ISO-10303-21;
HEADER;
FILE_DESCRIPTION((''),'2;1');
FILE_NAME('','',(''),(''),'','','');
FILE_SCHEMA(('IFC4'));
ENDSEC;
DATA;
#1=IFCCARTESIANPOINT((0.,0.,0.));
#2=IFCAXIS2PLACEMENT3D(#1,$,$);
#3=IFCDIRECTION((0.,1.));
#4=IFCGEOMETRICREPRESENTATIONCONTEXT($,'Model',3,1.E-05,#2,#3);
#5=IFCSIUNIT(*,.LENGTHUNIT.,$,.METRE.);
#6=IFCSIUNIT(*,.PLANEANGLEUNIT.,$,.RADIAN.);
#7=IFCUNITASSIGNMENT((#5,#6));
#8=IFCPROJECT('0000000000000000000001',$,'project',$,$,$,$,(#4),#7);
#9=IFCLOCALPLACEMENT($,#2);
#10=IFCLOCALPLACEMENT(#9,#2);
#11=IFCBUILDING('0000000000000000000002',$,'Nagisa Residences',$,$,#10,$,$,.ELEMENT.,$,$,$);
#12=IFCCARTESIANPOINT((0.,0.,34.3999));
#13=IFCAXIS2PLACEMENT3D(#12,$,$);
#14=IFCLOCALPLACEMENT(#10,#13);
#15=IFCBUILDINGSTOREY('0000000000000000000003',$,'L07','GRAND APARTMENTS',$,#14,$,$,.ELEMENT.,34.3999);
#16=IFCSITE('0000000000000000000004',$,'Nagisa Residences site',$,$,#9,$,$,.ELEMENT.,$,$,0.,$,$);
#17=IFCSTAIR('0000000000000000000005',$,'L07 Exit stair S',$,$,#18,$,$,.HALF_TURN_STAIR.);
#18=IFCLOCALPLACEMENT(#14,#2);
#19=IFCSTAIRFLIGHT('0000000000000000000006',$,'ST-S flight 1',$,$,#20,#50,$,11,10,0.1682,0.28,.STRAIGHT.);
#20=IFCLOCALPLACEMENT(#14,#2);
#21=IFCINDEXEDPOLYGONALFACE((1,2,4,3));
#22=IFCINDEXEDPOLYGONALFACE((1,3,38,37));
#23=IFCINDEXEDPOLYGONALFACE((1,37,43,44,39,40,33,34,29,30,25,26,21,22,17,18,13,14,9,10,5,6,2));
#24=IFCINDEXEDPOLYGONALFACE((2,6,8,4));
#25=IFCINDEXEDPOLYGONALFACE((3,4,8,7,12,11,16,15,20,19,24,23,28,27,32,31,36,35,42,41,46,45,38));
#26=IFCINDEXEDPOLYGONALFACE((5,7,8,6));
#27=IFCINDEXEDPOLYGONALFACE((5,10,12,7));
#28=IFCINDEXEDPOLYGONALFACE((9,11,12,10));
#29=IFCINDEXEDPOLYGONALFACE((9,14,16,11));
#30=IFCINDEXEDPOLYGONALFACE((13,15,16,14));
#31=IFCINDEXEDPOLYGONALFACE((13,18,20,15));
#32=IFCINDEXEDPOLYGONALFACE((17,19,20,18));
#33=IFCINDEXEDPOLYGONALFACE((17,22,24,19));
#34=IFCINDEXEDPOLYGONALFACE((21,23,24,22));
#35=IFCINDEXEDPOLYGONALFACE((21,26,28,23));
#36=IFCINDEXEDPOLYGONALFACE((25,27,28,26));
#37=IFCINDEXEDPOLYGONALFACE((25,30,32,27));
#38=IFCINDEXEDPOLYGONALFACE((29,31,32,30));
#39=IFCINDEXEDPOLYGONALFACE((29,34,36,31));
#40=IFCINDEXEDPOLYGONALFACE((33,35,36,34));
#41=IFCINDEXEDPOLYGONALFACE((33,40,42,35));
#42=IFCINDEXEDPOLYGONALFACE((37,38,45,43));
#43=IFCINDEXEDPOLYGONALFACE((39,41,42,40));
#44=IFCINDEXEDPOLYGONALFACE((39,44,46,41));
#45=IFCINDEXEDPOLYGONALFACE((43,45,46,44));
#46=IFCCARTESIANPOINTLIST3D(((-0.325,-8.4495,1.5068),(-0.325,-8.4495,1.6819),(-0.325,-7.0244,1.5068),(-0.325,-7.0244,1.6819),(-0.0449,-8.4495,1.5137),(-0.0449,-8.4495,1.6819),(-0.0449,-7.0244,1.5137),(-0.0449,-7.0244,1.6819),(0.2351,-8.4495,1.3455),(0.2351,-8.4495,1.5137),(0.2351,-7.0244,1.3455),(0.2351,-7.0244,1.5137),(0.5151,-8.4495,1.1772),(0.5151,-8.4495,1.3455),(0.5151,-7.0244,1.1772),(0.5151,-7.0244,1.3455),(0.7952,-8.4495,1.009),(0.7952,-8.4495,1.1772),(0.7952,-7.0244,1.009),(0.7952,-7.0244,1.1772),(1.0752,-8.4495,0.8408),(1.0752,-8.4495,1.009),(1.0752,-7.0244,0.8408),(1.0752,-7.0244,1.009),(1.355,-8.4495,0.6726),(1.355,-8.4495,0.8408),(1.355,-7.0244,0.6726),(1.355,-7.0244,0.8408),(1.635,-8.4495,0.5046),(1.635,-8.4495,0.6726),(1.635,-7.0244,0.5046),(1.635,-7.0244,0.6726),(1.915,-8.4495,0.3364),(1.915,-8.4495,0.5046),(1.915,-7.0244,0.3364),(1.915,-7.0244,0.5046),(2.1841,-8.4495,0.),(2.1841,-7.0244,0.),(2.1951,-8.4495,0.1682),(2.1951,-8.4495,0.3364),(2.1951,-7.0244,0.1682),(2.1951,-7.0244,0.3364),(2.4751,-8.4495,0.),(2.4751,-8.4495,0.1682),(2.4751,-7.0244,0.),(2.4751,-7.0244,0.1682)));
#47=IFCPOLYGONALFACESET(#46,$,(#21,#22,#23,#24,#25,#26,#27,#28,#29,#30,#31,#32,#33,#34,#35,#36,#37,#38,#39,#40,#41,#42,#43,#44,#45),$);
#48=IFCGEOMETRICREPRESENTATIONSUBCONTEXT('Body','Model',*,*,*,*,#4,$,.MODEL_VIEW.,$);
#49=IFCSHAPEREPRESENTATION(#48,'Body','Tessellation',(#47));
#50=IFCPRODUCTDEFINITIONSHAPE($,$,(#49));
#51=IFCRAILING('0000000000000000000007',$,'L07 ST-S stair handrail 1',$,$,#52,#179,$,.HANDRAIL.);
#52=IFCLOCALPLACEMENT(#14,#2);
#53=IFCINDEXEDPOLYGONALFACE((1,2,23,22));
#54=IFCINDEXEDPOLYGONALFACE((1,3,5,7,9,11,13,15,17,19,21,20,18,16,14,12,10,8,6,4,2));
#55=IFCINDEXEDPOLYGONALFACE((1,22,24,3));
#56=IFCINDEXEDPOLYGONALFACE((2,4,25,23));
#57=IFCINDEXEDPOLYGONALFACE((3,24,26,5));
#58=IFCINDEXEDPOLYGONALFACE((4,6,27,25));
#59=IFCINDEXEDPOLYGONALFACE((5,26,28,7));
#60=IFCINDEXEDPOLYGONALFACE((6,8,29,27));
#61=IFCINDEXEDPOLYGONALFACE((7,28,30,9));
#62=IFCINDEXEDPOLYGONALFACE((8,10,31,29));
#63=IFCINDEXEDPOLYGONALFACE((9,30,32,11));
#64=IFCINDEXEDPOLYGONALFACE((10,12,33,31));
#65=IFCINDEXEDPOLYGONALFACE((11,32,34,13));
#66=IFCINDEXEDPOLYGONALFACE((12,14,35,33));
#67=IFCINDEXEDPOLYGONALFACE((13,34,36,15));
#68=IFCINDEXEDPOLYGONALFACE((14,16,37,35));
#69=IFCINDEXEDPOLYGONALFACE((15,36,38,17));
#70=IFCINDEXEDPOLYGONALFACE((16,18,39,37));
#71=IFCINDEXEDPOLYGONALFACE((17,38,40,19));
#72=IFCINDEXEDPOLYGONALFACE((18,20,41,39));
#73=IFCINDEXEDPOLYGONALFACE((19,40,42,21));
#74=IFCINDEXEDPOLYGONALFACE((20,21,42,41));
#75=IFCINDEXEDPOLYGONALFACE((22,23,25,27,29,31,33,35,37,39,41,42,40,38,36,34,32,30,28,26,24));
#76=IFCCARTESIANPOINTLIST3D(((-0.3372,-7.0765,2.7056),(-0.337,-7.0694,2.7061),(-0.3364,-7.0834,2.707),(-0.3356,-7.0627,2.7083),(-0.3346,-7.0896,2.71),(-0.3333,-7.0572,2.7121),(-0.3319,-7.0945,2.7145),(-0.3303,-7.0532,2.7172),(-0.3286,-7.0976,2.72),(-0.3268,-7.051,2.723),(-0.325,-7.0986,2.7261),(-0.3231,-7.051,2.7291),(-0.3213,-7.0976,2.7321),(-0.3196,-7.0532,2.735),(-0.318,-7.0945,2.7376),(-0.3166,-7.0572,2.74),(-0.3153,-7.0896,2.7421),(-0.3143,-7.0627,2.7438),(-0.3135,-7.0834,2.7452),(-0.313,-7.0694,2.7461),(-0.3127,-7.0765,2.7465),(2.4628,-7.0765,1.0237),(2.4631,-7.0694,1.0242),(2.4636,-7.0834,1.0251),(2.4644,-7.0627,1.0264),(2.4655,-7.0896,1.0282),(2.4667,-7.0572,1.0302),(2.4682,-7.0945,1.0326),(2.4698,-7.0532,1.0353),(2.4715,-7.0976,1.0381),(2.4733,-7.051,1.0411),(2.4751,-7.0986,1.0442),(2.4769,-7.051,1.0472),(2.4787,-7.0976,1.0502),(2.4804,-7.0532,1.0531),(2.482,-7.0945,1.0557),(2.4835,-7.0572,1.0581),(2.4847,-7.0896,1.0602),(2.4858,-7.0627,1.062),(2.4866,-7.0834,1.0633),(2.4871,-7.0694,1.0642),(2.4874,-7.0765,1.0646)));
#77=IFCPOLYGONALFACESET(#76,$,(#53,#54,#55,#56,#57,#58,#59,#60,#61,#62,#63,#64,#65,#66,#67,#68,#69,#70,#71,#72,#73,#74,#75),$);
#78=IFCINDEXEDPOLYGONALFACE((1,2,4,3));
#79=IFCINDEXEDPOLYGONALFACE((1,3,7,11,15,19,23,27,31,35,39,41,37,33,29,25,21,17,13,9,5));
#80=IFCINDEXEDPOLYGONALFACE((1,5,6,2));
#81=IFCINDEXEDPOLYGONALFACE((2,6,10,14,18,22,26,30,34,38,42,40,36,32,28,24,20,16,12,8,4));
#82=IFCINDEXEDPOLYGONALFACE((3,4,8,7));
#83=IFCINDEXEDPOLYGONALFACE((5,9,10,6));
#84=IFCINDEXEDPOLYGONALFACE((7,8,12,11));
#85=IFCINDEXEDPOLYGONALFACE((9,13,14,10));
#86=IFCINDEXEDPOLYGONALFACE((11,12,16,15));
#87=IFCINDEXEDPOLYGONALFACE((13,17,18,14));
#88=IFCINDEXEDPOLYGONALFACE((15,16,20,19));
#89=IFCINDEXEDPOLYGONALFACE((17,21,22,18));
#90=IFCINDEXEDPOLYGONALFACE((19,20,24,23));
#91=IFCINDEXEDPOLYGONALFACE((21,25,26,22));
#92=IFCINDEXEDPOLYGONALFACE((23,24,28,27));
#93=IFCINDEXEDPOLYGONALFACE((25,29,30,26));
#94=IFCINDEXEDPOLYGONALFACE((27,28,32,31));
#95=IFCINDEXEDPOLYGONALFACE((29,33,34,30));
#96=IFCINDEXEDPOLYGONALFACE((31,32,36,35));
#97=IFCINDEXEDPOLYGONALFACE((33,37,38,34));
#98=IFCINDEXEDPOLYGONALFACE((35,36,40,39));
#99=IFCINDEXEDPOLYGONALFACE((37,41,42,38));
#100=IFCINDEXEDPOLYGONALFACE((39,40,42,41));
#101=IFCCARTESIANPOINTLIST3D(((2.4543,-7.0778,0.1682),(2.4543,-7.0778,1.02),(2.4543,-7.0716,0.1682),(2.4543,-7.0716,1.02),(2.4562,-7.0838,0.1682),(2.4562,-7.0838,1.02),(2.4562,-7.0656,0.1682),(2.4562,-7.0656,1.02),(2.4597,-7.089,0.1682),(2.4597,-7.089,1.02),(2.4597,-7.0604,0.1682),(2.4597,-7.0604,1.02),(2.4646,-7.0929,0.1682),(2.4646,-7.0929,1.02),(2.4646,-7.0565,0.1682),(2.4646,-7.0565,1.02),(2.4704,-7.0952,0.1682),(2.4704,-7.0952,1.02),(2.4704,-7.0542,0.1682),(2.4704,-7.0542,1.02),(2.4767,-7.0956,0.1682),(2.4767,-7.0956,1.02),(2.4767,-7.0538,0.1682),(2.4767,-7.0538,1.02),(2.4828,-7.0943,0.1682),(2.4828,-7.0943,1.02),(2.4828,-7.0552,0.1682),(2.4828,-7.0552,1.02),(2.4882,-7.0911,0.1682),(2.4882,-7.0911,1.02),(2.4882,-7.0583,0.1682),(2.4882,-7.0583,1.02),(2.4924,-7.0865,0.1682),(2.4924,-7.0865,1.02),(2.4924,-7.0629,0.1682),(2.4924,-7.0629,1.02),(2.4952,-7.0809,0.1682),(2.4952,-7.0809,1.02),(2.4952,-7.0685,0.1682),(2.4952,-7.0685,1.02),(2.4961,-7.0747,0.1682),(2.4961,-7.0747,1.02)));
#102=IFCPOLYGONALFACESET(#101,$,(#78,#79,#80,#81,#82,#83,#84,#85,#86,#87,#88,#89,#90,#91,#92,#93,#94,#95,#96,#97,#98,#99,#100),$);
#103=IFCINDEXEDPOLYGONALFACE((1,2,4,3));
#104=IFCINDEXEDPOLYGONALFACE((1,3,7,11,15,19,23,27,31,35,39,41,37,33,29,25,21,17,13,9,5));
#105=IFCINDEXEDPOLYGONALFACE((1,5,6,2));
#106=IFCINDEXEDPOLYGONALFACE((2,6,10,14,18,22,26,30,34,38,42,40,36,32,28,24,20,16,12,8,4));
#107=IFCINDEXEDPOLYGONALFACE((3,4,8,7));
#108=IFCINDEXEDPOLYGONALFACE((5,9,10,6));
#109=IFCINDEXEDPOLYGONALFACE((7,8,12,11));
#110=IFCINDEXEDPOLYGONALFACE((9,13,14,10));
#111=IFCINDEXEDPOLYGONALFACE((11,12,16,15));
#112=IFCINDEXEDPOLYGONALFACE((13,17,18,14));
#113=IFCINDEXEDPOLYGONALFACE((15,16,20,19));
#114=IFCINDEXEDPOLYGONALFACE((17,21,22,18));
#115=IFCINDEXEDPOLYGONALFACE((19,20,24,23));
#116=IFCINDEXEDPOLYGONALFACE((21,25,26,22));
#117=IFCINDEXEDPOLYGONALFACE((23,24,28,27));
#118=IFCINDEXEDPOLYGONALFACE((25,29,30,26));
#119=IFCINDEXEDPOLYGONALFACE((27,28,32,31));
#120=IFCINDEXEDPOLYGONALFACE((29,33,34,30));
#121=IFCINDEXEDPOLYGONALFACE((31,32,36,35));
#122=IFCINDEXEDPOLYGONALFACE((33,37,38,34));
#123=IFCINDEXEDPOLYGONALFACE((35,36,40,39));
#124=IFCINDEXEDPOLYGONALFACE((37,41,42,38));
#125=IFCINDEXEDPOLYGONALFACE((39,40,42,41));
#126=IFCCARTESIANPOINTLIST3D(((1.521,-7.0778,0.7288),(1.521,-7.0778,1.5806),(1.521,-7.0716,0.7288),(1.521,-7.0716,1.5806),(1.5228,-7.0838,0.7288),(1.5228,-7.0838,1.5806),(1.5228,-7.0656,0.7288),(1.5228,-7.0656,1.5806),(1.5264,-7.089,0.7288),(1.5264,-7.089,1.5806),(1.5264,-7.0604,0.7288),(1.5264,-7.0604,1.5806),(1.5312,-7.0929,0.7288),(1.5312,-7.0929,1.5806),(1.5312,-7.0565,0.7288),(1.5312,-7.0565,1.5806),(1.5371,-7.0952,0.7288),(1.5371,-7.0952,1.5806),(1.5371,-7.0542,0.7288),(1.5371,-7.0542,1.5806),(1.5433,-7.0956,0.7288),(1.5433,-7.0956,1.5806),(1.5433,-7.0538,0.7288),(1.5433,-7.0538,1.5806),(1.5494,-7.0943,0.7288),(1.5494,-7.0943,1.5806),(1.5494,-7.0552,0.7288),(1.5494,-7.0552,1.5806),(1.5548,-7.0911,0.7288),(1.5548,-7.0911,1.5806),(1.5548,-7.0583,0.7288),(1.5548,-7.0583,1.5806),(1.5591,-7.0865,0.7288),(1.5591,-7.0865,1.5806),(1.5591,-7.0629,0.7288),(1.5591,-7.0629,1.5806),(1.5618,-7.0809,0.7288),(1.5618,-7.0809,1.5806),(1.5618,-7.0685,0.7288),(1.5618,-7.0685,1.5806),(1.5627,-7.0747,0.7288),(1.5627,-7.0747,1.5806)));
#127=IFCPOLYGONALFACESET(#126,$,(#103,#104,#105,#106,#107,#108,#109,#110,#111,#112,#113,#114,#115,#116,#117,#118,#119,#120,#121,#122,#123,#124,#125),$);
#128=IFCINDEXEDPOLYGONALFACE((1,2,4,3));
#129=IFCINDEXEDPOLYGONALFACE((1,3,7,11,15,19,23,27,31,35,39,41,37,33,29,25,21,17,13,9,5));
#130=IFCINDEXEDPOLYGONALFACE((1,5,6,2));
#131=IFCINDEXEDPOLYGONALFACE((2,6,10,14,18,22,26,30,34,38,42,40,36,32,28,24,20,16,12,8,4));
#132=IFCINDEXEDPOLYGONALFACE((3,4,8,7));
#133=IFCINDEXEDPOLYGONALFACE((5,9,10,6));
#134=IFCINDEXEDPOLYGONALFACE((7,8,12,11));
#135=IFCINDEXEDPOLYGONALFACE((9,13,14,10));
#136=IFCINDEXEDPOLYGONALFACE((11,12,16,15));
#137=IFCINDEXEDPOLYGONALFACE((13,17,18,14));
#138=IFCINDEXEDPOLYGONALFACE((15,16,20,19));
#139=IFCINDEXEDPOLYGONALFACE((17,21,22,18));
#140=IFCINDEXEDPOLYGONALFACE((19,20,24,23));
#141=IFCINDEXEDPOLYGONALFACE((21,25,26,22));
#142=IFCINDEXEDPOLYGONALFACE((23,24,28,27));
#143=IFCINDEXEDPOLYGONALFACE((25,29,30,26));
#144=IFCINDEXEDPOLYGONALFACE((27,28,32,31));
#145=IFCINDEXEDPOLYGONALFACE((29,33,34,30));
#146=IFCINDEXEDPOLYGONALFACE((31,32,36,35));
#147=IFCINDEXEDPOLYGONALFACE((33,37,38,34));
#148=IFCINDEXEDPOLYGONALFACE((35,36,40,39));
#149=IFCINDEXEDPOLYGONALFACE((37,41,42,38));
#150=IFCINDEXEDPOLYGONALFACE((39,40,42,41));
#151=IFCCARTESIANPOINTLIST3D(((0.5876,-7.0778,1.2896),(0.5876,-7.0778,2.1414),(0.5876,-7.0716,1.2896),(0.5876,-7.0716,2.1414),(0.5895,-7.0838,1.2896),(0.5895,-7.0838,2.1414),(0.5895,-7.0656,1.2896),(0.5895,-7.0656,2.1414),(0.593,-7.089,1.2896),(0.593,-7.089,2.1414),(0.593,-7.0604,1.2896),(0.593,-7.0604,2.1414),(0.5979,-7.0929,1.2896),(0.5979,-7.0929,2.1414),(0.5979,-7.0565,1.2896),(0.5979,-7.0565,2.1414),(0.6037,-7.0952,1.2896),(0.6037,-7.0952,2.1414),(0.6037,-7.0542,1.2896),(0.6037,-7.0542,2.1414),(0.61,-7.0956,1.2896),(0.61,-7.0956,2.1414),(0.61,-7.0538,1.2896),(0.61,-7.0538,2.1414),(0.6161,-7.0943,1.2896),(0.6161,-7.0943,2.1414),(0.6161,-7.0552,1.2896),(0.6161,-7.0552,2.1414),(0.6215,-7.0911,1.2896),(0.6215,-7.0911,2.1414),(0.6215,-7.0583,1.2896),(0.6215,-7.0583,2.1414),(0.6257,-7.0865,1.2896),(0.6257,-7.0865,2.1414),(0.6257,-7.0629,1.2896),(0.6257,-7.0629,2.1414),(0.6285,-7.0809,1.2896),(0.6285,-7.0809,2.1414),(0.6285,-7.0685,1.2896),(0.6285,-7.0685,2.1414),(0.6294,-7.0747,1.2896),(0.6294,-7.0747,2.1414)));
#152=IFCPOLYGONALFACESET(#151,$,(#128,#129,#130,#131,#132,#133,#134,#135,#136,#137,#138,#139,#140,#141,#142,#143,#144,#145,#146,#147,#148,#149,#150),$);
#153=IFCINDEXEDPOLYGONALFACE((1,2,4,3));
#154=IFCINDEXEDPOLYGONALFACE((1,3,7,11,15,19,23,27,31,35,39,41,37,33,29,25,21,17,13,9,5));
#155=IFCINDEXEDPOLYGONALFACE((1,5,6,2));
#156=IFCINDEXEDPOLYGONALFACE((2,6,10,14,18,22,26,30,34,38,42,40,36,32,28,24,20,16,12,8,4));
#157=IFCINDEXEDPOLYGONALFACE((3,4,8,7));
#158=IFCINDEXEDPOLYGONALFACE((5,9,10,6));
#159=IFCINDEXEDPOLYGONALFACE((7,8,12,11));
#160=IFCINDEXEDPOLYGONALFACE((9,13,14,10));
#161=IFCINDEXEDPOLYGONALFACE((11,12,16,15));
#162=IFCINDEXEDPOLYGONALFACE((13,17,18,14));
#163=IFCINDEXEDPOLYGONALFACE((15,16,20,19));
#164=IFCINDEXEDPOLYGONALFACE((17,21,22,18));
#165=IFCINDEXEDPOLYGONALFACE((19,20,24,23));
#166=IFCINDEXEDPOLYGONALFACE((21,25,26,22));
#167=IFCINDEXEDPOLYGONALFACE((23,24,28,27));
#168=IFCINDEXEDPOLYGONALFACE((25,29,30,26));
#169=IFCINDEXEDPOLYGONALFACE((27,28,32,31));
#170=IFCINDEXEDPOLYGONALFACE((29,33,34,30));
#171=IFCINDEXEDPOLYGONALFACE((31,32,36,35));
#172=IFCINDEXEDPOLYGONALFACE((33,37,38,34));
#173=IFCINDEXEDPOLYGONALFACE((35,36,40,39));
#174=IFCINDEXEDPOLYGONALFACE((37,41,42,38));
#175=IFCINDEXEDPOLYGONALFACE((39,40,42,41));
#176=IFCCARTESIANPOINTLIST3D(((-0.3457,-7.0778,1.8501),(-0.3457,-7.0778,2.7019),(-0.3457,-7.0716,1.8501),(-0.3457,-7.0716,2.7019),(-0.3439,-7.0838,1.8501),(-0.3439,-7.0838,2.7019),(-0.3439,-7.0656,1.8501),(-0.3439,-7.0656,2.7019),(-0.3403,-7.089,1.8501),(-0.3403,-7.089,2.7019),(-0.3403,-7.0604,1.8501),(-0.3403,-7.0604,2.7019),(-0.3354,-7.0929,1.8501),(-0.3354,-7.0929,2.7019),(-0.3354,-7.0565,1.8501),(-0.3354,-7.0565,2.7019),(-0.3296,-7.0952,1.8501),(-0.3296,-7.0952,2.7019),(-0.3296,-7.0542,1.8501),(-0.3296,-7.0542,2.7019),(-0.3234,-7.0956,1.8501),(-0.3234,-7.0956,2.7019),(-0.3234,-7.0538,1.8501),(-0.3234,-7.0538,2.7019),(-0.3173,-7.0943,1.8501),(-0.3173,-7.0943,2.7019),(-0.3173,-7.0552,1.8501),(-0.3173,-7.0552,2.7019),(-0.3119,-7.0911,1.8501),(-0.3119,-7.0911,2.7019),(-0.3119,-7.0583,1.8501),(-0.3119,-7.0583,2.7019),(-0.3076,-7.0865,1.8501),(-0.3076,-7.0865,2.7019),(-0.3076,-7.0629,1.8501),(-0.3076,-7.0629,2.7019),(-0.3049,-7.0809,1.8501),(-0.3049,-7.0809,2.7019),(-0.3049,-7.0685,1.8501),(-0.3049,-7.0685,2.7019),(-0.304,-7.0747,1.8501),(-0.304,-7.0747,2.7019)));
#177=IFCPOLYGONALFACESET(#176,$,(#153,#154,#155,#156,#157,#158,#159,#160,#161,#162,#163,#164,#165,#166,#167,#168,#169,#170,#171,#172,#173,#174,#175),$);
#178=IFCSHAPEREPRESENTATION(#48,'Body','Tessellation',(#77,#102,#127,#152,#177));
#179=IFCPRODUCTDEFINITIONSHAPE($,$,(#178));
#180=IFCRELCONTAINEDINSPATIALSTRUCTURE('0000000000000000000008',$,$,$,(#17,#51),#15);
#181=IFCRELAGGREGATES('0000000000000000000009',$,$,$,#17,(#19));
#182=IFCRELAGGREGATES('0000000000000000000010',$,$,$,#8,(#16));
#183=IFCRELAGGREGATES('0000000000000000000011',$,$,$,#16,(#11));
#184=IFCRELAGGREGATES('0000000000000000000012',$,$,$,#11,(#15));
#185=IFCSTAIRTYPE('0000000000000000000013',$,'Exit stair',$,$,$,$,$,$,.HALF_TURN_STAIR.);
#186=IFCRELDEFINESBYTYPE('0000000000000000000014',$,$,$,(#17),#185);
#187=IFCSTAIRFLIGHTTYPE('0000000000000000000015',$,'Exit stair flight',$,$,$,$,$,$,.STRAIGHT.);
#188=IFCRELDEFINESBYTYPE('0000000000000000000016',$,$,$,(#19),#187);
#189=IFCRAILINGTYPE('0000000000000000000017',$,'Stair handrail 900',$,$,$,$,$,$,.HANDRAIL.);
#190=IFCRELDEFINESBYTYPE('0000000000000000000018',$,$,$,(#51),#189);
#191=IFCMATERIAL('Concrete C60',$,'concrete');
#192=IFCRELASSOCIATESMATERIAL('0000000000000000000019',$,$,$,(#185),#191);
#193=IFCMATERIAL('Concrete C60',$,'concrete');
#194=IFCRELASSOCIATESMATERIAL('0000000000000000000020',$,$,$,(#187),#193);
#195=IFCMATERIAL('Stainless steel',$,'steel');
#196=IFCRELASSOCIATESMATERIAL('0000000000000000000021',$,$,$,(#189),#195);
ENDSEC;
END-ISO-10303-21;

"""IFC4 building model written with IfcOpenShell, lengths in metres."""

from ifc_helpers import new_model, si_unit, direction, frame, origin, origin_2d, place, context, subcontext, project, spatial, polyline, circle, outline, extrude, material, type_object, element, aggregate, save


model = new_model("IFC4")

# Units and contexts
model_context = context("Model", 3, precision=1e-05, world=origin(), true_north=direction((0.0, 1.0)))
body_context = subcontext(model_context, "Body", "Model", "MODEL_VIEW")
ifc_project = project(units=[si_unit("LENGTHUNIT", "METRE"), si_unit("PLANEANGLEUNIT", "RADIAN")], contexts=[model_context])

# Site, building, storey
site_placement = place(None, origin())
site = spatial("IfcSite", under=ifc_project, at=site_placement, Name="Nagisa Residences site", CompositionType="ELEMENT", RefElevation=0.0)
building_placement = place(site_placement, origin())
building = spatial("IfcBuilding", under=site, at=building_placement, Name="Nagisa Residences", CompositionType="ELEMENT")
storey_placement = place(building_placement, frame((0.0, 0.0, 34.3999)))
storey = spatial("IfcBuildingStorey", under=building, at=storey_placement, Name="L07", Description="GRAND APARTMENTS", CompositionType="ELEMENT", Elevation=34.3999)

# Stair, stair flight
ifc_material_1 = material(Name="Concrete C60", Category="concrete")
stair_type = type_object("IfcStairType", Name="Exit stair", PredefinedType="HALF_TURN_STAIR", material=ifc_material_1)
stair_placement = place(storey_placement, origin())
stair = element("IfcStair", 1, at=stair_placement, inside=storey, type_object=stair_type, Name="L07 Exit stair S", PredefinedType="HALF_TURN_STAIR")
ifc_material_2 = material(Name="Concrete C60", Category="concrete")
stair_flight_type = type_object("IfcStairFlightType", Name="Exit stair flight", PredefinedType="STRAIGHT", material=ifc_material_2)
stair_flight_placement = place(storey_placement, frame((2.4751, -7.7371, 0.0), z_axis=(0.0, 0.0, 1.0), x_axis=(-1.0, 0.0, 0.0)))
stair_flight = element("IfcStairFlight", 2, at=stair_flight_placement, type_object=stair_flight_type, Name="ST-S flight 1", NumberOfRisers=11, NumberOfTreads=10, PredefinedType="STRAIGHT", RiserHeight=0.1682, TreadLength=0.28, context=body_context, shape_type="SweptSolid", body=[
    extrude(outline(polyline([(0.0, 0.0), (0.0, 0.1682), (0.28, 0.1682), (0.28, 0.3364), (0.5601, 0.3364), (0.5601, 0.5046), (0.8401, 0.5046), (0.8401, 0.6726), (1.1201, 0.6726), (1.1201, 0.8408), (1.3999, 0.8408), (1.3999, 1.009), (1.6799, 1.009), (1.6799, 1.1772), (1.96, 1.1772), (1.96, 1.3455), (2.24, 1.3455), (2.24, 1.5137), (2.52, 1.5137), (2.52, 1.6819), (2.8, 1.6819), (2.8, 1.8501), (2.8, 1.5068), (0.291, 0.0), (0.0, 0.0)])), frame((0.0, 0.7124, 0.0), z_axis=(0.0, -1.0, 0.0), x_axis=(1.0, 0.0, 0.0)), (0.0, 0.0, 1.0), 1.425),
])
aggregate(stair, [stair_flight])

# Railing
ifc_material_3 = material(Name="Stainless steel", Category="steel")
railing_type_1 = type_object("IfcRailingType", Name="Stair handrail 900", PredefinedType="HANDRAIL", material=ifc_material_3)
railing_1_placement = place(storey_placement, frame((2.4751, -7.0747, 0.1682)))
element("IfcRailing", 3, at=railing_1_placement, inside=storey, type_object=railing_type_1, Name="L07 ST-S stair handrail 1", PredefinedType="HANDRAIL", context=body_context, shape_type="SweptSolid", body=[
    extrude(circle(Radius=0.0239, at=origin_2d()), frame((0.0, 0.0, 0.876), z_axis=(-0.857242, 0.0, 0.514913), x_axis=(0.0, -1.0, 0.0)), (0.0, 0.0, 1.0), 3.2664),
    extrude(circle(Radius=0.021, at=origin_2d()), origin(), (0.0, 0.0, 1.0), 0.8518),
    extrude(circle(Radius=0.021, at=origin_2d()), frame((-0.9333, 0.0, 0.5605)), (0.0, 0.0, 1.0), 0.8518),
    extrude(circle(Radius=0.021, at=origin_2d()), frame((-1.8667, 0.0, 1.1213)), (0.0, 0.0, 1.0), 0.8518),
    extrude(circle(Radius=0.021, at=origin_2d()), frame((-2.8, 0.0, 1.6819)), (0.0, 0.0, 1.0), 0.8518),
])

save(model, "model.ifc")
